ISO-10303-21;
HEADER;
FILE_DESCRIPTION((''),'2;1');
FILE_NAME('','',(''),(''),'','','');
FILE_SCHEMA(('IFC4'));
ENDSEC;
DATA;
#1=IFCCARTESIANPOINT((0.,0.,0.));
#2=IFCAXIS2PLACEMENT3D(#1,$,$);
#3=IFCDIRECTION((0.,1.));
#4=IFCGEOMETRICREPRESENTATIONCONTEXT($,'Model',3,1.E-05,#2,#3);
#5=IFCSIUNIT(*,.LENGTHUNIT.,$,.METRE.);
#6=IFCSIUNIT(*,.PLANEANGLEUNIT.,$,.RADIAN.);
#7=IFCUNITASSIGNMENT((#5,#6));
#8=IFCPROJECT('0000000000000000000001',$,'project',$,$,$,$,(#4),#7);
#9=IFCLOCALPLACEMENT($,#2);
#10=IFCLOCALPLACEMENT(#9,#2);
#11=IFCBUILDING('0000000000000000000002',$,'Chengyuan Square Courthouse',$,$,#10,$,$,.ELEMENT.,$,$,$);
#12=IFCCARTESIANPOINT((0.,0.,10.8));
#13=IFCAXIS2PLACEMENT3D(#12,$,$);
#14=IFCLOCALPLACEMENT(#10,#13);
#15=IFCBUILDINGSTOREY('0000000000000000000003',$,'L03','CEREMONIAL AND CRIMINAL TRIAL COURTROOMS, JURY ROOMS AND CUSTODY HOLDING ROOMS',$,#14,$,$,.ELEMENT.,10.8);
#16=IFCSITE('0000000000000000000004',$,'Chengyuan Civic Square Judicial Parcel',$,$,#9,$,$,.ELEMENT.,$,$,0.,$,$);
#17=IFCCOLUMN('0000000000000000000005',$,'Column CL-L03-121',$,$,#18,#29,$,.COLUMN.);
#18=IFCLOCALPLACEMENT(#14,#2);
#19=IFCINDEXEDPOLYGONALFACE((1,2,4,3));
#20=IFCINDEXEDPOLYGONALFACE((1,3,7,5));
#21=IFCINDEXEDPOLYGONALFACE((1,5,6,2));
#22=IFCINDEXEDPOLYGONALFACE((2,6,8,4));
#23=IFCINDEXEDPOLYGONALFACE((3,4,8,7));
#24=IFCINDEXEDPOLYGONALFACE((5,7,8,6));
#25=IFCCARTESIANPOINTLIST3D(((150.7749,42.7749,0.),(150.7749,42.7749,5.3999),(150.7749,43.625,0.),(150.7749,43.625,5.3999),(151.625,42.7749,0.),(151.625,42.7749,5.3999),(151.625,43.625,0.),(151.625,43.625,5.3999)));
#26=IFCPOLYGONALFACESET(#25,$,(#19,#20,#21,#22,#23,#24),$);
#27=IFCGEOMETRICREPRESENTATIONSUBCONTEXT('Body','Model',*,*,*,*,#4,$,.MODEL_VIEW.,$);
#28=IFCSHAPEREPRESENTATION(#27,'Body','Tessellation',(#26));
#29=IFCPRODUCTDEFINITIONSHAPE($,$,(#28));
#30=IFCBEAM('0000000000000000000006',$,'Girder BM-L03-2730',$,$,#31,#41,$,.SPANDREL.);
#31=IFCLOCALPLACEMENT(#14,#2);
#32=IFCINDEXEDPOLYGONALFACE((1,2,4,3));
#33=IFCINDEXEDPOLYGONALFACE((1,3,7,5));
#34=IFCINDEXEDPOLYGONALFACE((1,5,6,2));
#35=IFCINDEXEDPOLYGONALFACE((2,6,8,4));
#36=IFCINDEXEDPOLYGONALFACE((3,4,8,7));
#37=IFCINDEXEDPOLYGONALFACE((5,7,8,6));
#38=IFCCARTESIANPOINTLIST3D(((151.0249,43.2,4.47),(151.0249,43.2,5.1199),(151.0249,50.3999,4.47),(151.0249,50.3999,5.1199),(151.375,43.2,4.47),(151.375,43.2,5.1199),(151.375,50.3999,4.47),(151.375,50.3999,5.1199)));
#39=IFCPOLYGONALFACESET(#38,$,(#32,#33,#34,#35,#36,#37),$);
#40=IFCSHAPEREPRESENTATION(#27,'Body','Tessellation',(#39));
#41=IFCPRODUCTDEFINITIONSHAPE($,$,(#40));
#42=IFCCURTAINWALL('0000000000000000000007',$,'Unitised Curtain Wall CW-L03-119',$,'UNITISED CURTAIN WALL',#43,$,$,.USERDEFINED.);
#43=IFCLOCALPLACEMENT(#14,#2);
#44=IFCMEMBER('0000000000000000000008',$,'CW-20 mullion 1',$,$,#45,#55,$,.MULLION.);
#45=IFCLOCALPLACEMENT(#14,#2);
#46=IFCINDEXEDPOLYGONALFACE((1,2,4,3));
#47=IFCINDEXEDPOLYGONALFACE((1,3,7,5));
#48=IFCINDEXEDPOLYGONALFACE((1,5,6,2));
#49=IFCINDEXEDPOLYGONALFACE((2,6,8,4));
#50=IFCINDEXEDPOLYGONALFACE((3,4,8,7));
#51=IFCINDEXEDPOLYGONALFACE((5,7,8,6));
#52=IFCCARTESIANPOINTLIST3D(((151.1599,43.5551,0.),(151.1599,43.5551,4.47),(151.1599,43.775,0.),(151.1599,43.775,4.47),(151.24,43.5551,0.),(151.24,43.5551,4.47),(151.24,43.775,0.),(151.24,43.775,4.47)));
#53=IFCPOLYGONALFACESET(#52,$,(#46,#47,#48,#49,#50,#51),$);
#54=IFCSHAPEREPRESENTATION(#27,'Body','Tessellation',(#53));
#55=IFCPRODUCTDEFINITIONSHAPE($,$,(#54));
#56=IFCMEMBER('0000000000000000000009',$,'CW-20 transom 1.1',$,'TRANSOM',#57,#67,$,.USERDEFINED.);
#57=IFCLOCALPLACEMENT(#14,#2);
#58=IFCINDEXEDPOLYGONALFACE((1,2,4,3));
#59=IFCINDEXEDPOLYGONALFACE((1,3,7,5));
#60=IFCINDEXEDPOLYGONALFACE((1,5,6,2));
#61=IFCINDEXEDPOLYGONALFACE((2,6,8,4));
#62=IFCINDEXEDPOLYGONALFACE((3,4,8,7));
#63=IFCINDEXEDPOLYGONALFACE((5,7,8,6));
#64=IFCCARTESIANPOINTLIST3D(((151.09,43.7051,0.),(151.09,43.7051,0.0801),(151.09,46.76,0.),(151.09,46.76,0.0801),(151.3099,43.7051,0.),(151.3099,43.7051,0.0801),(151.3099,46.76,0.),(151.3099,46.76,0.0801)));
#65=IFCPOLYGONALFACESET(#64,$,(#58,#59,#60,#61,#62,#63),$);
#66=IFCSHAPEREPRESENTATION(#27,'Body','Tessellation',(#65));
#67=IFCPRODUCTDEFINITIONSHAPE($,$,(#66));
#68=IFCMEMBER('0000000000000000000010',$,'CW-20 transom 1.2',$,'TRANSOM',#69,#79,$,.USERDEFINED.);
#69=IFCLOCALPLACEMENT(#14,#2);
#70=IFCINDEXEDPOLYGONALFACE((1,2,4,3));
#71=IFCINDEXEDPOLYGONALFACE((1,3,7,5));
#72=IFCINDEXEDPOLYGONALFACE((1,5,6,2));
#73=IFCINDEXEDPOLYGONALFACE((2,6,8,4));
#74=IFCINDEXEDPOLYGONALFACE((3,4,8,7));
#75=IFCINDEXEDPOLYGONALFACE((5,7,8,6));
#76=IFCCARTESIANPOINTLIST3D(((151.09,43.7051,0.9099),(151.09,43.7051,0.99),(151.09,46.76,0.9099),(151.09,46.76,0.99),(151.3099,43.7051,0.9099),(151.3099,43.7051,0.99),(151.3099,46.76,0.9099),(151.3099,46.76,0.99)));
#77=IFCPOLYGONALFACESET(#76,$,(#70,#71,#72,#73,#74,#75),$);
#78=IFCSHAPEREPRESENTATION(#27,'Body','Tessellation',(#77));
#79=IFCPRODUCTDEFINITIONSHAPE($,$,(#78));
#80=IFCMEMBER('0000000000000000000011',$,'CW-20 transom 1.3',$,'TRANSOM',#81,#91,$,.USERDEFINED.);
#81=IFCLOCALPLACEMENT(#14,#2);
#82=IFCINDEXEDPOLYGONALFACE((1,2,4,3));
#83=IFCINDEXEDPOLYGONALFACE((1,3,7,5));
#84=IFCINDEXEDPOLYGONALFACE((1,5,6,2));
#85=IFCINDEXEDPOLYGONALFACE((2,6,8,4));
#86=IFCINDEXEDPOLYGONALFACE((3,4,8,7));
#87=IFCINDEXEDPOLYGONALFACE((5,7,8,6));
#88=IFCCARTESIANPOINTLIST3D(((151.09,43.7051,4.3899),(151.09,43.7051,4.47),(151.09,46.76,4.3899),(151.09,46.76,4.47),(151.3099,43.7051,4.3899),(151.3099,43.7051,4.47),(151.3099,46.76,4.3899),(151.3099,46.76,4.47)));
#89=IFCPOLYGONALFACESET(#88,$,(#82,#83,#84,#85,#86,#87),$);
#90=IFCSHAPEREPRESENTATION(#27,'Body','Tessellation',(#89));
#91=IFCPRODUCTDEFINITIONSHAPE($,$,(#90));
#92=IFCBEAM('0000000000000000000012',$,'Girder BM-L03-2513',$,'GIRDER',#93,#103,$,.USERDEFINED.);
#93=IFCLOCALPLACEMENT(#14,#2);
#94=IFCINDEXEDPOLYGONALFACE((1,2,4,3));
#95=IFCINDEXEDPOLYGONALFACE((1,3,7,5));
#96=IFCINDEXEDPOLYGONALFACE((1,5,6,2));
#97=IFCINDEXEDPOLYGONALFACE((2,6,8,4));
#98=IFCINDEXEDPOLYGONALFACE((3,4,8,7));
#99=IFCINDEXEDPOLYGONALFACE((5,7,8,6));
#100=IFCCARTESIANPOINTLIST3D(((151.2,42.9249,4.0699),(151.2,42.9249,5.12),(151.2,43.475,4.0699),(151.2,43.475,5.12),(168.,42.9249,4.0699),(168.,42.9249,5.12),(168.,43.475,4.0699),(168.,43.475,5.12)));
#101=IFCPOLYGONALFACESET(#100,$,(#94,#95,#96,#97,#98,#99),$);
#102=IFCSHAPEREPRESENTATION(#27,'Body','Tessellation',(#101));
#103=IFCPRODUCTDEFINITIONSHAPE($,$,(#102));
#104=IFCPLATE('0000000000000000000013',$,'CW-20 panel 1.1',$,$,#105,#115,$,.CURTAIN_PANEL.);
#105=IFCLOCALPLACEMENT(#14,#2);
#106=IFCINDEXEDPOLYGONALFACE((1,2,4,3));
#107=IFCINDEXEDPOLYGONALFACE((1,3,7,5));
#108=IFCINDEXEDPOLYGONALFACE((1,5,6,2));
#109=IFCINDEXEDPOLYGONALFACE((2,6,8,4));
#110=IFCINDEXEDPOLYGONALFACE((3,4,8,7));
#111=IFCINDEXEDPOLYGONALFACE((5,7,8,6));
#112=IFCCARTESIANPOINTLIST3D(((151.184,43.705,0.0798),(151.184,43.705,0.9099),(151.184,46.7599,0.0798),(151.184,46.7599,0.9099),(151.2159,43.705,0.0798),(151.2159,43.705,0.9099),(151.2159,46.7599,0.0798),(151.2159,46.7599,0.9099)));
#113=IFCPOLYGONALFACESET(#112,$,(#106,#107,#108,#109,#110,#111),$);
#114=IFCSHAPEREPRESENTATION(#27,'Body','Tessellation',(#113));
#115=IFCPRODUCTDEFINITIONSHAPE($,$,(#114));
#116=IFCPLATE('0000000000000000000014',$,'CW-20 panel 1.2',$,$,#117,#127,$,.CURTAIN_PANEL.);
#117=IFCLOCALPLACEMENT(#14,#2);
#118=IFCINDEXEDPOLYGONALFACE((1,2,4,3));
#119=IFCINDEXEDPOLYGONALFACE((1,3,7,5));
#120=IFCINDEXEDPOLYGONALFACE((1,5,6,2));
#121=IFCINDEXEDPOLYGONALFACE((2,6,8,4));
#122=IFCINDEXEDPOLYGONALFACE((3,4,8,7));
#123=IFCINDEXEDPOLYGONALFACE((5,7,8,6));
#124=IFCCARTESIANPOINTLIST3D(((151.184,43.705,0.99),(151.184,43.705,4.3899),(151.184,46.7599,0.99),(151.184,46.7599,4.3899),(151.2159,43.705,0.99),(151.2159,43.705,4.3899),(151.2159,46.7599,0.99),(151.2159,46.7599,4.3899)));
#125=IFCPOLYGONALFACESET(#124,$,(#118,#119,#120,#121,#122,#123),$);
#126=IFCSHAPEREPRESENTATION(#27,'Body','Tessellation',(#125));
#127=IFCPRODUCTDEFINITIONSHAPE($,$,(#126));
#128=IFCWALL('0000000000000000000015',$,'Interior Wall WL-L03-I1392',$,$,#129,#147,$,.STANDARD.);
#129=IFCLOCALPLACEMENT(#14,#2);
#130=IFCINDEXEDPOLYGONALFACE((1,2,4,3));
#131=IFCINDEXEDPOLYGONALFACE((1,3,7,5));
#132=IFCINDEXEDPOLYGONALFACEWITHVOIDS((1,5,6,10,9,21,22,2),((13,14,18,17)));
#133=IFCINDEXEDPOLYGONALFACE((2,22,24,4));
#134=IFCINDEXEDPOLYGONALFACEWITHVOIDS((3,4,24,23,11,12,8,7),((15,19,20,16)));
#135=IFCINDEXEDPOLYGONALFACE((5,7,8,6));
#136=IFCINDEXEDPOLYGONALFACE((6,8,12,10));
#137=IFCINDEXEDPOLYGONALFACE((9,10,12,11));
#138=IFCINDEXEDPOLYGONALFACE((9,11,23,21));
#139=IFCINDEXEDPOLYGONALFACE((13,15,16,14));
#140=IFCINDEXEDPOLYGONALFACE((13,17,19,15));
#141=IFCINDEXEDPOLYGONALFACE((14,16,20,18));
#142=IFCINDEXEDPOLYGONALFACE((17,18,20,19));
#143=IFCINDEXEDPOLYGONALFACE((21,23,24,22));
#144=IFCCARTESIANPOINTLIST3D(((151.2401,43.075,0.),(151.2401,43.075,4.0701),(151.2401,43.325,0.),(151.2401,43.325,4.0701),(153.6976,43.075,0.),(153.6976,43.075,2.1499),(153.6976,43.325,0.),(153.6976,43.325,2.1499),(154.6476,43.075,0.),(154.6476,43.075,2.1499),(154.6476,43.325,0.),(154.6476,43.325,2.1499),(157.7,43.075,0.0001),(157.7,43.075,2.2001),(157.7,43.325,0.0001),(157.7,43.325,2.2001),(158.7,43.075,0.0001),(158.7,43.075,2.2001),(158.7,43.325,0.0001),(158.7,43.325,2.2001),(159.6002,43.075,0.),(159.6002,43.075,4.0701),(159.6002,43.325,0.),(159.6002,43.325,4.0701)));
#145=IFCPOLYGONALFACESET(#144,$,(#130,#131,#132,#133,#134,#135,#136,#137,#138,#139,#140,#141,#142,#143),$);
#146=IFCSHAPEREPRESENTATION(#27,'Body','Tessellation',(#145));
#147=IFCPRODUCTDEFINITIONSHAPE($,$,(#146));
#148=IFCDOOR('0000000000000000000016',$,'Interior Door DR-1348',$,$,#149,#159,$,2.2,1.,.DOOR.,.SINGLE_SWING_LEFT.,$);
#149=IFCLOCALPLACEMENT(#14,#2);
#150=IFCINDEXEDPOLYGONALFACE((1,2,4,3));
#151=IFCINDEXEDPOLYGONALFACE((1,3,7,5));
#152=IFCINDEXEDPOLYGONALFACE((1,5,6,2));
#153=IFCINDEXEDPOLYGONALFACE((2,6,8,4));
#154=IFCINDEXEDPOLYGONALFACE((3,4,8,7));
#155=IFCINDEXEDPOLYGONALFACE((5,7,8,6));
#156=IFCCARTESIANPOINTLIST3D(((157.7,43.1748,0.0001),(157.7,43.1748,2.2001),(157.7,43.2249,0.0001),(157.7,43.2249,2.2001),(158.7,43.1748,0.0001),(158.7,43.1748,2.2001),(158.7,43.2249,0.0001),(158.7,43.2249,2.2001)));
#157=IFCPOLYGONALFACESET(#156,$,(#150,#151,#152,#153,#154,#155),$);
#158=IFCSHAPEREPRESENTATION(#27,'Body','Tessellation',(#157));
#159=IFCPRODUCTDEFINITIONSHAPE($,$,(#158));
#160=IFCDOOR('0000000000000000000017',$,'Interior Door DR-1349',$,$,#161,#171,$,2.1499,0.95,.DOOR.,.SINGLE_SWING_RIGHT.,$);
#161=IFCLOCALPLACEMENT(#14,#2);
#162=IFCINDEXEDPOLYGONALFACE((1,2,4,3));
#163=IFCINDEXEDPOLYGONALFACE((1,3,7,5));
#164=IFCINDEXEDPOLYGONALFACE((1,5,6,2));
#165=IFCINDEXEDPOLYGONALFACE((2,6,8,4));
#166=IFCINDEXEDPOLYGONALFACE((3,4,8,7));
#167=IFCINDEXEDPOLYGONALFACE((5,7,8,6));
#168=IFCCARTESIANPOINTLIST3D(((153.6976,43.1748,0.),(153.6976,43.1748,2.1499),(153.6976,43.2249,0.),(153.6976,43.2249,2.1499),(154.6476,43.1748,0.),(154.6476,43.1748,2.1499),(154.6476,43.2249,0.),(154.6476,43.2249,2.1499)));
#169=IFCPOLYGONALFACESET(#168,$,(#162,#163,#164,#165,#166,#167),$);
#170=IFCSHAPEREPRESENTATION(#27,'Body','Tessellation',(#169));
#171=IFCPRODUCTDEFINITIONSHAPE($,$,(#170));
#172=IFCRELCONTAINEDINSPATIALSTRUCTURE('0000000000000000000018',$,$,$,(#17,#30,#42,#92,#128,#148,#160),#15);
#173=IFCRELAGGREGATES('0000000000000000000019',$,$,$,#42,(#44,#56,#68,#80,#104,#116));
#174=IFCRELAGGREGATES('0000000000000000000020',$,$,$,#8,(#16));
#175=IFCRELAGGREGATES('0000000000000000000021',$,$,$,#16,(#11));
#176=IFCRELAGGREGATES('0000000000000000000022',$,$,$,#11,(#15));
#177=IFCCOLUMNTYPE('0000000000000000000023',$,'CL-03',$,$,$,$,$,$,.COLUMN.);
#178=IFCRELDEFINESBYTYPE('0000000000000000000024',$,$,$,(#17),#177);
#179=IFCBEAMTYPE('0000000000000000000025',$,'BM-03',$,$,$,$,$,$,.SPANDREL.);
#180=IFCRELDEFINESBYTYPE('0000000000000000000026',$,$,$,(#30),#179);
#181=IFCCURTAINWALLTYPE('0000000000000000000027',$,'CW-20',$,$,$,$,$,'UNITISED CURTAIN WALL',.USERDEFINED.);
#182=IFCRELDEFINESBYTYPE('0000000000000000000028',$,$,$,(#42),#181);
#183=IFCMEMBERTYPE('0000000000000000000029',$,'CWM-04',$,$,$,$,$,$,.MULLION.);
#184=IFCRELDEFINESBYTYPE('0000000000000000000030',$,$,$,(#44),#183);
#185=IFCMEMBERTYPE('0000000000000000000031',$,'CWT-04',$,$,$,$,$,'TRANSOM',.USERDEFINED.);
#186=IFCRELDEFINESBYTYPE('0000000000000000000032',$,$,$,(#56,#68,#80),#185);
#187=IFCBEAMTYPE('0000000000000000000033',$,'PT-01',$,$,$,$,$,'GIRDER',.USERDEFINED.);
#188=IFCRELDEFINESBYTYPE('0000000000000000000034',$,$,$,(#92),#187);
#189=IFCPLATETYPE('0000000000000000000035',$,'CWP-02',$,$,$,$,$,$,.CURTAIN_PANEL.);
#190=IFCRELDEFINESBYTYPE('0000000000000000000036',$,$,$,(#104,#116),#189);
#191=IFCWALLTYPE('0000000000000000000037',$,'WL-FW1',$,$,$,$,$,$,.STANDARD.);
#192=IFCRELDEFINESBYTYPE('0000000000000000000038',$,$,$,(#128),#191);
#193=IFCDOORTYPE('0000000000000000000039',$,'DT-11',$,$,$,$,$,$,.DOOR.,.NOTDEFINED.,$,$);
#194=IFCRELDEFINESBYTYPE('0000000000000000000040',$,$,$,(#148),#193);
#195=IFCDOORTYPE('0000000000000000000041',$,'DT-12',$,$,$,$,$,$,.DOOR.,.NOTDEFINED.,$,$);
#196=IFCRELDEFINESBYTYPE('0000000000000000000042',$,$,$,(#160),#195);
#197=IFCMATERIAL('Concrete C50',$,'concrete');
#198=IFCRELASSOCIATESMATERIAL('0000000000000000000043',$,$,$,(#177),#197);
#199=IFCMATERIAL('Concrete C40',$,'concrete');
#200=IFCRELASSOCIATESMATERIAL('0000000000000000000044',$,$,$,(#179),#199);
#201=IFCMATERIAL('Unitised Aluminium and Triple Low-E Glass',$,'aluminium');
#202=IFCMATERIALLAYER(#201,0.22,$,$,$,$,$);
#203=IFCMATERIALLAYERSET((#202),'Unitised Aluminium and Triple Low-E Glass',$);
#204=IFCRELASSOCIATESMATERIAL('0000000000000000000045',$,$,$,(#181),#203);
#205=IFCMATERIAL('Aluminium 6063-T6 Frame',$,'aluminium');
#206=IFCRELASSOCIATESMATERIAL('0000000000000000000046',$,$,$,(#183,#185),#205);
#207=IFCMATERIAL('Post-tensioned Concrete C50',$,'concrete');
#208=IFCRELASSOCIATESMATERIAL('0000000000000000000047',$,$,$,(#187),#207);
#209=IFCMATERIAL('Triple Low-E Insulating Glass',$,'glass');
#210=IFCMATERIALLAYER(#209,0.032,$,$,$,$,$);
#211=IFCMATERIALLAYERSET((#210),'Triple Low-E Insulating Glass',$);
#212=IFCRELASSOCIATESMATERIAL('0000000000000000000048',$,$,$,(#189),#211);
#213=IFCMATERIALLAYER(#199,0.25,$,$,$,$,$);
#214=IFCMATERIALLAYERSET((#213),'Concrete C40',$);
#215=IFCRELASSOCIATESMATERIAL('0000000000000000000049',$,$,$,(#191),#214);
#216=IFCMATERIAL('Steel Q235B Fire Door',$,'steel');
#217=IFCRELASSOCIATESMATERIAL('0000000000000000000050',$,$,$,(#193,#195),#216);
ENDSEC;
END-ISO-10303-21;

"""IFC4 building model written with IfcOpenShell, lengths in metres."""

from ifc_helpers import new_model, si_unit, direction, frame, frame_2d, origin, origin_2d, place, context, subcontext, project, spatial, rectangle, extrude, material, layer, layer_set, material_profile, profile_set, type_object, element, fill, aggregate, save


model = new_model("IFC4")

# Units and contexts
model_context = context("Model", 3, precision=1e-05, world=origin(), true_north=direction((0.0, 1.0)))
body_context = subcontext(model_context, "Body", "Model", "MODEL_VIEW")
ifc_project = project(units=[si_unit("LENGTHUNIT", "METRE"), si_unit("PLANEANGLEUNIT", "RADIAN")], contexts=[model_context])

# Site, building, storey
site_placement = place(None, origin())
site = spatial("IfcSite", under=ifc_project, at=site_placement, Name="Chengyuan Civic Square Judicial Parcel", CompositionType="ELEMENT", RefElevation=0.0)
building_placement = place(site_placement, origin())
building = spatial("IfcBuilding", under=site, at=building_placement, Name="Chengyuan Square Courthouse", CompositionType="ELEMENT")
storey_placement = place(building_placement, frame((0.0, 0.0, 10.8)))
storey = spatial("IfcBuildingStorey", under=building, at=storey_placement, Name="L03", Description="CEREMONIAL AND CRIMINAL TRIAL COURTROOMS, JURY ROOMS AND CUSTODY HOLDING ROOMS", CompositionType="ELEMENT", Elevation=10.8)

# Column
ifc_material_1 = material(Name="Concrete C50", Category="concrete")
ifc_material_profile_1 = material_profile(ifc_material_1, rectangle(XDim=0.8501, YDim=0.8501, at=origin_2d()), Name="RC-COL-850x850")
ifc_profile_set_1 = profile_set([ifc_material_profile_1], Name="Concrete C50")
column_type = type_object("IfcColumnType", Name="CL-03", PredefinedType="COLUMN", material=ifc_profile_set_1)
column_placement = place(storey_placement, frame((151.2, 43.2, 0.0), z_axis=(0.0, 0.0, 1.0), x_axis=(1.0, 0.0, 0.0)))
element("IfcColumn", 1, at=column_placement, inside=storey, type_object=column_type, Name="Column CL-L03-121", PredefinedType="COLUMN", context=body_context, shape_type="SweptSolid", body=[
    extrude(rectangle(XDim=0.8501, YDim=0.8501, at=origin_2d()), origin(), (0.0, 0.0, 1.0), 5.3999),
])

# Beam
ifc_material_2 = material(Name="Concrete C40", Category="concrete")
ifc_material_profile_2 = material_profile(ifc_material_2, rectangle(XDim=0.3501, YDim=0.6499, at=origin_2d()), Name="RC-BM-350x650")
ifc_profile_set_2 = profile_set([ifc_material_profile_2], Name="Concrete C40")
beam_type_1 = type_object("IfcBeamType", Name="BM-03", PredefinedType="SPANDREL", material=ifc_profile_set_2)
beam_1_placement = place(storey_placement, frame((151.2, 43.2, 4.7949), z_axis=(0.0, 1.0, 0.0), x_axis=(-1.0, 0.0, 0.0)))
element("IfcBeam", 2, at=beam_1_placement, inside=storey, type_object=beam_type_1, Name="Girder BM-L03-2730", PredefinedType="SPANDREL", context=body_context, shape_type="SweptSolid", body=[
    extrude(rectangle(XDim=0.3501, YDim=0.6499, at=origin_2d()), origin(), (0.0, 0.0, 1.0), 7.2),
])

# Curtain wall, members
ifc_material_3 = material(Name="Unitised Aluminium and Triple Low-E Glass", Category="aluminium")
ifc_layer_1 = layer(ifc_material_3, 0.22)
ifc_layer_set_1 = layer_set([ifc_layer_1], Name="Unitised Aluminium and Triple Low-E Glass")
curtain_wall_type = type_object("IfcCurtainWallType", Name="CW-20", ElementType="UNITISED CURTAIN WALL", PredefinedType="USERDEFINED", material=ifc_layer_set_1)
curtain_wall_placement = place(storey_placement, origin())
curtain_wall = element("IfcCurtainWall", 3, at=curtain_wall_placement, inside=storey, type_object=curtain_wall_type, Name="Unitised Curtain Wall CW-L03-119", ObjectType="UNITISED CURTAIN WALL", PredefinedType="USERDEFINED")
ifc_material_4 = material(Name="Aluminium 6063-T6 Frame", Category="aluminium")
ifc_material_profile_3 = material_profile(ifc_material_4, rectangle(XDim=0.0801, YDim=0.22, at=origin_2d()), Name="CW-MUL-80x220")
ifc_profile_set_3 = profile_set([ifc_material_profile_3], Name="Aluminium 6063-T6 Frame")
member_type_1 = type_object("IfcMemberType", Name="CWM-04", PredefinedType="MULLION", material=ifc_profile_set_3)
member_1_placement = place(storey_placement, frame((151.2, 43.665, 0.0), z_axis=(0.0, 0.0, 1.0), x_axis=(-1.0, 0.0, 0.0)))
member_1 = element("IfcMember", 4, at=member_1_placement, type_object=member_type_1, Name="CW-20 mullion 1", PredefinedType="MULLION", context=body_context, shape_type="SweptSolid", body=[
    extrude(rectangle(XDim=0.0801, YDim=0.22, at=origin_2d()), origin(), (0.0, 0.0, 1.0), 4.47),
])
ifc_material_profile_4 = material_profile(ifc_material_4, rectangle(XDim=0.22, YDim=0.0801, at=origin_2d()), Name="CW-TRN-80x180")
ifc_profile_set_4 = profile_set([ifc_material_profile_4], Name="Aluminium 6063-T6 Frame")
member_type_2 = type_object("IfcMemberType", Name="CWT-04", ElementType="TRANSOM", PredefinedType="USERDEFINED", material=ifc_profile_set_4)
member_2_placement = place(storey_placement, frame((151.2, 43.7051, 0.04), z_axis=(0.0, 1.0, 0.0), x_axis=(-1.0, 0.0, 0.0)))
member_2 = element("IfcMember", 5, at=member_2_placement, type_object=member_type_2, Name="CW-20 transom 1.1", ObjectType="TRANSOM", PredefinedType="USERDEFINED", context=body_context, shape_type="SweptSolid", body=[
    extrude(rectangle(XDim=0.22, YDim=0.0801, at=origin_2d()), origin(), (0.0, 0.0, 1.0), 3.0549),
])
member_3_placement = place(storey_placement, frame((151.2, 43.7051, 0.95), z_axis=(0.0, 1.0, 0.0), x_axis=(-1.0, 0.0, 0.0)))
member_3 = element("IfcMember", 6, at=member_3_placement, type_object=member_type_2, Name="CW-20 transom 1.2", ObjectType="TRANSOM", PredefinedType="USERDEFINED", context=body_context, shape_type="SweptSolid", body=[
    extrude(rectangle(XDim=0.22, YDim=0.0801, at=origin_2d()), origin(), (0.0, 0.0, 1.0), 3.0549),
])
member_4_placement = place(storey_placement, frame((151.2, 43.7051, 4.4299), z_axis=(0.0, 1.0, 0.0), x_axis=(-1.0, 0.0, 0.0)))
member_4 = element("IfcMember", 7, at=member_4_placement, type_object=member_type_2, Name="CW-20 transom 1.3", ObjectType="TRANSOM", PredefinedType="USERDEFINED", context=body_context, shape_type="SweptSolid", body=[
    extrude(rectangle(XDim=0.22, YDim=0.0801, at=origin_2d()), origin(), (0.0, 0.0, 1.0), 3.0549),
])

# Beam
ifc_material_5 = material(Name="Post-tensioned Concrete C50", Category="concrete")
ifc_material_profile_5 = material_profile(ifc_material_5, rectangle(XDim=0.55, YDim=1.05, at=origin_2d()), Name="PT-BM-550x1050")
ifc_profile_set_5 = profile_set([ifc_material_profile_5], Name="Post-tensioned Concrete C50")
beam_type_2 = type_object("IfcBeamType", Name="PT-01", ElementType="GIRDER", PredefinedType="USERDEFINED", material=ifc_profile_set_5)
beam_2_placement = place(storey_placement, frame((151.2, 43.2, 4.595), z_axis=(1.0, 0.0, 0.0), x_axis=(0.0, 1.0, 0.0)))
element("IfcBeam", 8, at=beam_2_placement, inside=storey, type_object=beam_type_2, Name="Girder BM-L03-2513", ObjectType="GIRDER", PredefinedType="USERDEFINED", context=body_context, shape_type="SweptSolid", body=[
    extrude(rectangle(XDim=0.55, YDim=1.05, at=origin_2d()), origin(), (0.0, 0.0, 1.0), 16.8),
])

# Plates
ifc_material_6 = material(Name="Triple Low-E Insulating Glass", Category="glass")
ifc_layer_2 = layer(ifc_material_6, 0.032)
ifc_layer_set_2 = layer_set([ifc_layer_2], Name="Triple Low-E Insulating Glass")
plate_type = type_object("IfcPlateType", Name="CWP-02", PredefinedType="CURTAIN_PANEL", material=ifc_layer_set_2)
plate_1_placement = place(storey_placement, frame((151.2, 45.2324, 0.0798), z_axis=(0.0, 0.0, 1.0), x_axis=(0.0, 1.0, 0.0)))
plate_1 = element("IfcPlate", 9, at=plate_1_placement, type_object=plate_type, Name="CW-20 panel 1.1", PredefinedType="CURTAIN_PANEL", context=body_context, shape_type="SweptSolid", body=[
    extrude(rectangle(XDim=3.0549, YDim=0.032, at=origin_2d()), origin(), (0.0, 0.0, 1.0), 0.8301),
])
plate_2_placement = place(storey_placement, frame((151.2, 45.2324, 0.99), z_axis=(0.0, 0.0, 1.0), x_axis=(0.0, 1.0, 0.0)))
plate_2 = element("IfcPlate", 10, at=plate_2_placement, type_object=plate_type, Name="CW-20 panel 1.2", PredefinedType="CURTAIN_PANEL", context=body_context, shape_type="SweptSolid", body=[
    extrude(rectangle(XDim=3.0549, YDim=0.032, at=origin_2d()), origin(), (0.0, 0.0, 1.0), 3.3999),
])
aggregate(curtain_wall, [member_1, member_2, member_3, member_4, plate_1, plate_2])

# Wall, openings, doors
ifc_layer_3 = layer(ifc_material_2, 0.25)
ifc_layer_set_3 = layer_set([ifc_layer_3], Name="Concrete C40")
wall_type_1 = type_object("IfcWallType", Name="WL-FW1", PredefinedType="STANDARD", material=ifc_layer_set_3)
wall_1_placement = place(storey_placement, frame((151.24, 43.2, 0.0), z_axis=(0.0, 0.0, 1.0), x_axis=(1.0, 0.0, 0.0)))
wall_1 = element("IfcWall", 11, at=wall_1_placement, inside=storey, type_object=wall_type_1, Name="Interior Wall WL-L03-I1392", PredefinedType="STANDARD", context=body_context, shape_type="SweptSolid", body=[
    extrude(rectangle(XDim=8.3601, YDim=0.25, at=frame_2d((4.1802, 0.0))), origin(), (0.0, 0.0, 1.0), 4.0701),
])
opening_1_placement = place(wall_1_placement, frame((6.46, 0.0, 0.0)))
opening_1 = element("IfcOpeningElement", 12, at=opening_1_placement, cuts=wall_1, PredefinedType="OPENING", context=body_context, shape_type="SweptSolid", body=[
    extrude(rectangle(XDim=1.0, YDim=2.2, at=frame_2d((0.5, 1.1001))), frame((0.0, 0.137, 0.0), z_axis=(0.0, -1.0, 0.0), x_axis=(1.0, 0.0, 0.0)), (0.0, 0.0, 1.0), 0.2739),
])
opening_2_placement = place(wall_1_placement, frame((2.4575, 0.0, 0.0)))
opening_2 = element("IfcOpeningElement", 13, at=opening_2_placement, cuts=wall_1, PredefinedType="OPENING", context=body_context, shape_type="SweptSolid", body=[
    extrude(rectangle(XDim=0.95, YDim=2.1499, at=frame_2d((0.4751, 1.075))), frame((0.0, 0.137, 0.0), z_axis=(0.0, -1.0, 0.0), x_axis=(1.0, 0.0, 0.0)), (0.0, 0.0, 1.0), 0.2739),
])
ifc_material_7 = material(Name="Steel Q235B Fire Door", Category="steel")
door_type_1 = type_object("IfcDoorType", Name="DT-11", OperationType="NOTDEFINED", PredefinedType="DOOR", material=ifc_material_7)
door_1_placement = place(opening_1_placement, origin())
door_1 = element("IfcDoor", 14, at=door_1_placement, inside=storey, type_object=door_type_1, Name="Interior Door DR-1348", OperationType="SINGLE_SWING_LEFT", OverallHeight=2.2, OverallWidth=1.0, PredefinedType="DOOR", context=body_context, shape_type="SweptSolid", body=[
    extrude(rectangle(XDim=1.0, YDim=2.2, at=frame_2d((0.5, 1.1001))), frame((0.0, 0.0249, 0.0), z_axis=(0.0, -1.0, 0.0), x_axis=(1.0, 0.0, 0.0)), (0.0, 0.0, 1.0), 0.05),
])
fill(opening_1, door_1)
door_type_2 = type_object("IfcDoorType", Name="DT-12", OperationType="NOTDEFINED", PredefinedType="DOOR", material=ifc_material_7)
door_2_placement = place(opening_2_placement, origin())
door_2 = element("IfcDoor", 15, at=door_2_placement, inside=storey, type_object=door_type_2, Name="Interior Door DR-1349", OperationType="SINGLE_SWING_RIGHT", OverallHeight=2.1499, OverallWidth=0.95, PredefinedType="DOOR", context=body_context, shape_type="SweptSolid", body=[
    extrude(rectangle(XDim=0.95, YDim=2.1499, at=frame_2d((0.4751, 1.075))), frame((0.0, 0.0249, 0.0), z_axis=(0.0, -1.0, 0.0), x_axis=(1.0, 0.0, 0.0)), (0.0, 0.0, 1.0), 0.05),
])
fill(opening_2, door_2)

save(model, "model.ifc")
